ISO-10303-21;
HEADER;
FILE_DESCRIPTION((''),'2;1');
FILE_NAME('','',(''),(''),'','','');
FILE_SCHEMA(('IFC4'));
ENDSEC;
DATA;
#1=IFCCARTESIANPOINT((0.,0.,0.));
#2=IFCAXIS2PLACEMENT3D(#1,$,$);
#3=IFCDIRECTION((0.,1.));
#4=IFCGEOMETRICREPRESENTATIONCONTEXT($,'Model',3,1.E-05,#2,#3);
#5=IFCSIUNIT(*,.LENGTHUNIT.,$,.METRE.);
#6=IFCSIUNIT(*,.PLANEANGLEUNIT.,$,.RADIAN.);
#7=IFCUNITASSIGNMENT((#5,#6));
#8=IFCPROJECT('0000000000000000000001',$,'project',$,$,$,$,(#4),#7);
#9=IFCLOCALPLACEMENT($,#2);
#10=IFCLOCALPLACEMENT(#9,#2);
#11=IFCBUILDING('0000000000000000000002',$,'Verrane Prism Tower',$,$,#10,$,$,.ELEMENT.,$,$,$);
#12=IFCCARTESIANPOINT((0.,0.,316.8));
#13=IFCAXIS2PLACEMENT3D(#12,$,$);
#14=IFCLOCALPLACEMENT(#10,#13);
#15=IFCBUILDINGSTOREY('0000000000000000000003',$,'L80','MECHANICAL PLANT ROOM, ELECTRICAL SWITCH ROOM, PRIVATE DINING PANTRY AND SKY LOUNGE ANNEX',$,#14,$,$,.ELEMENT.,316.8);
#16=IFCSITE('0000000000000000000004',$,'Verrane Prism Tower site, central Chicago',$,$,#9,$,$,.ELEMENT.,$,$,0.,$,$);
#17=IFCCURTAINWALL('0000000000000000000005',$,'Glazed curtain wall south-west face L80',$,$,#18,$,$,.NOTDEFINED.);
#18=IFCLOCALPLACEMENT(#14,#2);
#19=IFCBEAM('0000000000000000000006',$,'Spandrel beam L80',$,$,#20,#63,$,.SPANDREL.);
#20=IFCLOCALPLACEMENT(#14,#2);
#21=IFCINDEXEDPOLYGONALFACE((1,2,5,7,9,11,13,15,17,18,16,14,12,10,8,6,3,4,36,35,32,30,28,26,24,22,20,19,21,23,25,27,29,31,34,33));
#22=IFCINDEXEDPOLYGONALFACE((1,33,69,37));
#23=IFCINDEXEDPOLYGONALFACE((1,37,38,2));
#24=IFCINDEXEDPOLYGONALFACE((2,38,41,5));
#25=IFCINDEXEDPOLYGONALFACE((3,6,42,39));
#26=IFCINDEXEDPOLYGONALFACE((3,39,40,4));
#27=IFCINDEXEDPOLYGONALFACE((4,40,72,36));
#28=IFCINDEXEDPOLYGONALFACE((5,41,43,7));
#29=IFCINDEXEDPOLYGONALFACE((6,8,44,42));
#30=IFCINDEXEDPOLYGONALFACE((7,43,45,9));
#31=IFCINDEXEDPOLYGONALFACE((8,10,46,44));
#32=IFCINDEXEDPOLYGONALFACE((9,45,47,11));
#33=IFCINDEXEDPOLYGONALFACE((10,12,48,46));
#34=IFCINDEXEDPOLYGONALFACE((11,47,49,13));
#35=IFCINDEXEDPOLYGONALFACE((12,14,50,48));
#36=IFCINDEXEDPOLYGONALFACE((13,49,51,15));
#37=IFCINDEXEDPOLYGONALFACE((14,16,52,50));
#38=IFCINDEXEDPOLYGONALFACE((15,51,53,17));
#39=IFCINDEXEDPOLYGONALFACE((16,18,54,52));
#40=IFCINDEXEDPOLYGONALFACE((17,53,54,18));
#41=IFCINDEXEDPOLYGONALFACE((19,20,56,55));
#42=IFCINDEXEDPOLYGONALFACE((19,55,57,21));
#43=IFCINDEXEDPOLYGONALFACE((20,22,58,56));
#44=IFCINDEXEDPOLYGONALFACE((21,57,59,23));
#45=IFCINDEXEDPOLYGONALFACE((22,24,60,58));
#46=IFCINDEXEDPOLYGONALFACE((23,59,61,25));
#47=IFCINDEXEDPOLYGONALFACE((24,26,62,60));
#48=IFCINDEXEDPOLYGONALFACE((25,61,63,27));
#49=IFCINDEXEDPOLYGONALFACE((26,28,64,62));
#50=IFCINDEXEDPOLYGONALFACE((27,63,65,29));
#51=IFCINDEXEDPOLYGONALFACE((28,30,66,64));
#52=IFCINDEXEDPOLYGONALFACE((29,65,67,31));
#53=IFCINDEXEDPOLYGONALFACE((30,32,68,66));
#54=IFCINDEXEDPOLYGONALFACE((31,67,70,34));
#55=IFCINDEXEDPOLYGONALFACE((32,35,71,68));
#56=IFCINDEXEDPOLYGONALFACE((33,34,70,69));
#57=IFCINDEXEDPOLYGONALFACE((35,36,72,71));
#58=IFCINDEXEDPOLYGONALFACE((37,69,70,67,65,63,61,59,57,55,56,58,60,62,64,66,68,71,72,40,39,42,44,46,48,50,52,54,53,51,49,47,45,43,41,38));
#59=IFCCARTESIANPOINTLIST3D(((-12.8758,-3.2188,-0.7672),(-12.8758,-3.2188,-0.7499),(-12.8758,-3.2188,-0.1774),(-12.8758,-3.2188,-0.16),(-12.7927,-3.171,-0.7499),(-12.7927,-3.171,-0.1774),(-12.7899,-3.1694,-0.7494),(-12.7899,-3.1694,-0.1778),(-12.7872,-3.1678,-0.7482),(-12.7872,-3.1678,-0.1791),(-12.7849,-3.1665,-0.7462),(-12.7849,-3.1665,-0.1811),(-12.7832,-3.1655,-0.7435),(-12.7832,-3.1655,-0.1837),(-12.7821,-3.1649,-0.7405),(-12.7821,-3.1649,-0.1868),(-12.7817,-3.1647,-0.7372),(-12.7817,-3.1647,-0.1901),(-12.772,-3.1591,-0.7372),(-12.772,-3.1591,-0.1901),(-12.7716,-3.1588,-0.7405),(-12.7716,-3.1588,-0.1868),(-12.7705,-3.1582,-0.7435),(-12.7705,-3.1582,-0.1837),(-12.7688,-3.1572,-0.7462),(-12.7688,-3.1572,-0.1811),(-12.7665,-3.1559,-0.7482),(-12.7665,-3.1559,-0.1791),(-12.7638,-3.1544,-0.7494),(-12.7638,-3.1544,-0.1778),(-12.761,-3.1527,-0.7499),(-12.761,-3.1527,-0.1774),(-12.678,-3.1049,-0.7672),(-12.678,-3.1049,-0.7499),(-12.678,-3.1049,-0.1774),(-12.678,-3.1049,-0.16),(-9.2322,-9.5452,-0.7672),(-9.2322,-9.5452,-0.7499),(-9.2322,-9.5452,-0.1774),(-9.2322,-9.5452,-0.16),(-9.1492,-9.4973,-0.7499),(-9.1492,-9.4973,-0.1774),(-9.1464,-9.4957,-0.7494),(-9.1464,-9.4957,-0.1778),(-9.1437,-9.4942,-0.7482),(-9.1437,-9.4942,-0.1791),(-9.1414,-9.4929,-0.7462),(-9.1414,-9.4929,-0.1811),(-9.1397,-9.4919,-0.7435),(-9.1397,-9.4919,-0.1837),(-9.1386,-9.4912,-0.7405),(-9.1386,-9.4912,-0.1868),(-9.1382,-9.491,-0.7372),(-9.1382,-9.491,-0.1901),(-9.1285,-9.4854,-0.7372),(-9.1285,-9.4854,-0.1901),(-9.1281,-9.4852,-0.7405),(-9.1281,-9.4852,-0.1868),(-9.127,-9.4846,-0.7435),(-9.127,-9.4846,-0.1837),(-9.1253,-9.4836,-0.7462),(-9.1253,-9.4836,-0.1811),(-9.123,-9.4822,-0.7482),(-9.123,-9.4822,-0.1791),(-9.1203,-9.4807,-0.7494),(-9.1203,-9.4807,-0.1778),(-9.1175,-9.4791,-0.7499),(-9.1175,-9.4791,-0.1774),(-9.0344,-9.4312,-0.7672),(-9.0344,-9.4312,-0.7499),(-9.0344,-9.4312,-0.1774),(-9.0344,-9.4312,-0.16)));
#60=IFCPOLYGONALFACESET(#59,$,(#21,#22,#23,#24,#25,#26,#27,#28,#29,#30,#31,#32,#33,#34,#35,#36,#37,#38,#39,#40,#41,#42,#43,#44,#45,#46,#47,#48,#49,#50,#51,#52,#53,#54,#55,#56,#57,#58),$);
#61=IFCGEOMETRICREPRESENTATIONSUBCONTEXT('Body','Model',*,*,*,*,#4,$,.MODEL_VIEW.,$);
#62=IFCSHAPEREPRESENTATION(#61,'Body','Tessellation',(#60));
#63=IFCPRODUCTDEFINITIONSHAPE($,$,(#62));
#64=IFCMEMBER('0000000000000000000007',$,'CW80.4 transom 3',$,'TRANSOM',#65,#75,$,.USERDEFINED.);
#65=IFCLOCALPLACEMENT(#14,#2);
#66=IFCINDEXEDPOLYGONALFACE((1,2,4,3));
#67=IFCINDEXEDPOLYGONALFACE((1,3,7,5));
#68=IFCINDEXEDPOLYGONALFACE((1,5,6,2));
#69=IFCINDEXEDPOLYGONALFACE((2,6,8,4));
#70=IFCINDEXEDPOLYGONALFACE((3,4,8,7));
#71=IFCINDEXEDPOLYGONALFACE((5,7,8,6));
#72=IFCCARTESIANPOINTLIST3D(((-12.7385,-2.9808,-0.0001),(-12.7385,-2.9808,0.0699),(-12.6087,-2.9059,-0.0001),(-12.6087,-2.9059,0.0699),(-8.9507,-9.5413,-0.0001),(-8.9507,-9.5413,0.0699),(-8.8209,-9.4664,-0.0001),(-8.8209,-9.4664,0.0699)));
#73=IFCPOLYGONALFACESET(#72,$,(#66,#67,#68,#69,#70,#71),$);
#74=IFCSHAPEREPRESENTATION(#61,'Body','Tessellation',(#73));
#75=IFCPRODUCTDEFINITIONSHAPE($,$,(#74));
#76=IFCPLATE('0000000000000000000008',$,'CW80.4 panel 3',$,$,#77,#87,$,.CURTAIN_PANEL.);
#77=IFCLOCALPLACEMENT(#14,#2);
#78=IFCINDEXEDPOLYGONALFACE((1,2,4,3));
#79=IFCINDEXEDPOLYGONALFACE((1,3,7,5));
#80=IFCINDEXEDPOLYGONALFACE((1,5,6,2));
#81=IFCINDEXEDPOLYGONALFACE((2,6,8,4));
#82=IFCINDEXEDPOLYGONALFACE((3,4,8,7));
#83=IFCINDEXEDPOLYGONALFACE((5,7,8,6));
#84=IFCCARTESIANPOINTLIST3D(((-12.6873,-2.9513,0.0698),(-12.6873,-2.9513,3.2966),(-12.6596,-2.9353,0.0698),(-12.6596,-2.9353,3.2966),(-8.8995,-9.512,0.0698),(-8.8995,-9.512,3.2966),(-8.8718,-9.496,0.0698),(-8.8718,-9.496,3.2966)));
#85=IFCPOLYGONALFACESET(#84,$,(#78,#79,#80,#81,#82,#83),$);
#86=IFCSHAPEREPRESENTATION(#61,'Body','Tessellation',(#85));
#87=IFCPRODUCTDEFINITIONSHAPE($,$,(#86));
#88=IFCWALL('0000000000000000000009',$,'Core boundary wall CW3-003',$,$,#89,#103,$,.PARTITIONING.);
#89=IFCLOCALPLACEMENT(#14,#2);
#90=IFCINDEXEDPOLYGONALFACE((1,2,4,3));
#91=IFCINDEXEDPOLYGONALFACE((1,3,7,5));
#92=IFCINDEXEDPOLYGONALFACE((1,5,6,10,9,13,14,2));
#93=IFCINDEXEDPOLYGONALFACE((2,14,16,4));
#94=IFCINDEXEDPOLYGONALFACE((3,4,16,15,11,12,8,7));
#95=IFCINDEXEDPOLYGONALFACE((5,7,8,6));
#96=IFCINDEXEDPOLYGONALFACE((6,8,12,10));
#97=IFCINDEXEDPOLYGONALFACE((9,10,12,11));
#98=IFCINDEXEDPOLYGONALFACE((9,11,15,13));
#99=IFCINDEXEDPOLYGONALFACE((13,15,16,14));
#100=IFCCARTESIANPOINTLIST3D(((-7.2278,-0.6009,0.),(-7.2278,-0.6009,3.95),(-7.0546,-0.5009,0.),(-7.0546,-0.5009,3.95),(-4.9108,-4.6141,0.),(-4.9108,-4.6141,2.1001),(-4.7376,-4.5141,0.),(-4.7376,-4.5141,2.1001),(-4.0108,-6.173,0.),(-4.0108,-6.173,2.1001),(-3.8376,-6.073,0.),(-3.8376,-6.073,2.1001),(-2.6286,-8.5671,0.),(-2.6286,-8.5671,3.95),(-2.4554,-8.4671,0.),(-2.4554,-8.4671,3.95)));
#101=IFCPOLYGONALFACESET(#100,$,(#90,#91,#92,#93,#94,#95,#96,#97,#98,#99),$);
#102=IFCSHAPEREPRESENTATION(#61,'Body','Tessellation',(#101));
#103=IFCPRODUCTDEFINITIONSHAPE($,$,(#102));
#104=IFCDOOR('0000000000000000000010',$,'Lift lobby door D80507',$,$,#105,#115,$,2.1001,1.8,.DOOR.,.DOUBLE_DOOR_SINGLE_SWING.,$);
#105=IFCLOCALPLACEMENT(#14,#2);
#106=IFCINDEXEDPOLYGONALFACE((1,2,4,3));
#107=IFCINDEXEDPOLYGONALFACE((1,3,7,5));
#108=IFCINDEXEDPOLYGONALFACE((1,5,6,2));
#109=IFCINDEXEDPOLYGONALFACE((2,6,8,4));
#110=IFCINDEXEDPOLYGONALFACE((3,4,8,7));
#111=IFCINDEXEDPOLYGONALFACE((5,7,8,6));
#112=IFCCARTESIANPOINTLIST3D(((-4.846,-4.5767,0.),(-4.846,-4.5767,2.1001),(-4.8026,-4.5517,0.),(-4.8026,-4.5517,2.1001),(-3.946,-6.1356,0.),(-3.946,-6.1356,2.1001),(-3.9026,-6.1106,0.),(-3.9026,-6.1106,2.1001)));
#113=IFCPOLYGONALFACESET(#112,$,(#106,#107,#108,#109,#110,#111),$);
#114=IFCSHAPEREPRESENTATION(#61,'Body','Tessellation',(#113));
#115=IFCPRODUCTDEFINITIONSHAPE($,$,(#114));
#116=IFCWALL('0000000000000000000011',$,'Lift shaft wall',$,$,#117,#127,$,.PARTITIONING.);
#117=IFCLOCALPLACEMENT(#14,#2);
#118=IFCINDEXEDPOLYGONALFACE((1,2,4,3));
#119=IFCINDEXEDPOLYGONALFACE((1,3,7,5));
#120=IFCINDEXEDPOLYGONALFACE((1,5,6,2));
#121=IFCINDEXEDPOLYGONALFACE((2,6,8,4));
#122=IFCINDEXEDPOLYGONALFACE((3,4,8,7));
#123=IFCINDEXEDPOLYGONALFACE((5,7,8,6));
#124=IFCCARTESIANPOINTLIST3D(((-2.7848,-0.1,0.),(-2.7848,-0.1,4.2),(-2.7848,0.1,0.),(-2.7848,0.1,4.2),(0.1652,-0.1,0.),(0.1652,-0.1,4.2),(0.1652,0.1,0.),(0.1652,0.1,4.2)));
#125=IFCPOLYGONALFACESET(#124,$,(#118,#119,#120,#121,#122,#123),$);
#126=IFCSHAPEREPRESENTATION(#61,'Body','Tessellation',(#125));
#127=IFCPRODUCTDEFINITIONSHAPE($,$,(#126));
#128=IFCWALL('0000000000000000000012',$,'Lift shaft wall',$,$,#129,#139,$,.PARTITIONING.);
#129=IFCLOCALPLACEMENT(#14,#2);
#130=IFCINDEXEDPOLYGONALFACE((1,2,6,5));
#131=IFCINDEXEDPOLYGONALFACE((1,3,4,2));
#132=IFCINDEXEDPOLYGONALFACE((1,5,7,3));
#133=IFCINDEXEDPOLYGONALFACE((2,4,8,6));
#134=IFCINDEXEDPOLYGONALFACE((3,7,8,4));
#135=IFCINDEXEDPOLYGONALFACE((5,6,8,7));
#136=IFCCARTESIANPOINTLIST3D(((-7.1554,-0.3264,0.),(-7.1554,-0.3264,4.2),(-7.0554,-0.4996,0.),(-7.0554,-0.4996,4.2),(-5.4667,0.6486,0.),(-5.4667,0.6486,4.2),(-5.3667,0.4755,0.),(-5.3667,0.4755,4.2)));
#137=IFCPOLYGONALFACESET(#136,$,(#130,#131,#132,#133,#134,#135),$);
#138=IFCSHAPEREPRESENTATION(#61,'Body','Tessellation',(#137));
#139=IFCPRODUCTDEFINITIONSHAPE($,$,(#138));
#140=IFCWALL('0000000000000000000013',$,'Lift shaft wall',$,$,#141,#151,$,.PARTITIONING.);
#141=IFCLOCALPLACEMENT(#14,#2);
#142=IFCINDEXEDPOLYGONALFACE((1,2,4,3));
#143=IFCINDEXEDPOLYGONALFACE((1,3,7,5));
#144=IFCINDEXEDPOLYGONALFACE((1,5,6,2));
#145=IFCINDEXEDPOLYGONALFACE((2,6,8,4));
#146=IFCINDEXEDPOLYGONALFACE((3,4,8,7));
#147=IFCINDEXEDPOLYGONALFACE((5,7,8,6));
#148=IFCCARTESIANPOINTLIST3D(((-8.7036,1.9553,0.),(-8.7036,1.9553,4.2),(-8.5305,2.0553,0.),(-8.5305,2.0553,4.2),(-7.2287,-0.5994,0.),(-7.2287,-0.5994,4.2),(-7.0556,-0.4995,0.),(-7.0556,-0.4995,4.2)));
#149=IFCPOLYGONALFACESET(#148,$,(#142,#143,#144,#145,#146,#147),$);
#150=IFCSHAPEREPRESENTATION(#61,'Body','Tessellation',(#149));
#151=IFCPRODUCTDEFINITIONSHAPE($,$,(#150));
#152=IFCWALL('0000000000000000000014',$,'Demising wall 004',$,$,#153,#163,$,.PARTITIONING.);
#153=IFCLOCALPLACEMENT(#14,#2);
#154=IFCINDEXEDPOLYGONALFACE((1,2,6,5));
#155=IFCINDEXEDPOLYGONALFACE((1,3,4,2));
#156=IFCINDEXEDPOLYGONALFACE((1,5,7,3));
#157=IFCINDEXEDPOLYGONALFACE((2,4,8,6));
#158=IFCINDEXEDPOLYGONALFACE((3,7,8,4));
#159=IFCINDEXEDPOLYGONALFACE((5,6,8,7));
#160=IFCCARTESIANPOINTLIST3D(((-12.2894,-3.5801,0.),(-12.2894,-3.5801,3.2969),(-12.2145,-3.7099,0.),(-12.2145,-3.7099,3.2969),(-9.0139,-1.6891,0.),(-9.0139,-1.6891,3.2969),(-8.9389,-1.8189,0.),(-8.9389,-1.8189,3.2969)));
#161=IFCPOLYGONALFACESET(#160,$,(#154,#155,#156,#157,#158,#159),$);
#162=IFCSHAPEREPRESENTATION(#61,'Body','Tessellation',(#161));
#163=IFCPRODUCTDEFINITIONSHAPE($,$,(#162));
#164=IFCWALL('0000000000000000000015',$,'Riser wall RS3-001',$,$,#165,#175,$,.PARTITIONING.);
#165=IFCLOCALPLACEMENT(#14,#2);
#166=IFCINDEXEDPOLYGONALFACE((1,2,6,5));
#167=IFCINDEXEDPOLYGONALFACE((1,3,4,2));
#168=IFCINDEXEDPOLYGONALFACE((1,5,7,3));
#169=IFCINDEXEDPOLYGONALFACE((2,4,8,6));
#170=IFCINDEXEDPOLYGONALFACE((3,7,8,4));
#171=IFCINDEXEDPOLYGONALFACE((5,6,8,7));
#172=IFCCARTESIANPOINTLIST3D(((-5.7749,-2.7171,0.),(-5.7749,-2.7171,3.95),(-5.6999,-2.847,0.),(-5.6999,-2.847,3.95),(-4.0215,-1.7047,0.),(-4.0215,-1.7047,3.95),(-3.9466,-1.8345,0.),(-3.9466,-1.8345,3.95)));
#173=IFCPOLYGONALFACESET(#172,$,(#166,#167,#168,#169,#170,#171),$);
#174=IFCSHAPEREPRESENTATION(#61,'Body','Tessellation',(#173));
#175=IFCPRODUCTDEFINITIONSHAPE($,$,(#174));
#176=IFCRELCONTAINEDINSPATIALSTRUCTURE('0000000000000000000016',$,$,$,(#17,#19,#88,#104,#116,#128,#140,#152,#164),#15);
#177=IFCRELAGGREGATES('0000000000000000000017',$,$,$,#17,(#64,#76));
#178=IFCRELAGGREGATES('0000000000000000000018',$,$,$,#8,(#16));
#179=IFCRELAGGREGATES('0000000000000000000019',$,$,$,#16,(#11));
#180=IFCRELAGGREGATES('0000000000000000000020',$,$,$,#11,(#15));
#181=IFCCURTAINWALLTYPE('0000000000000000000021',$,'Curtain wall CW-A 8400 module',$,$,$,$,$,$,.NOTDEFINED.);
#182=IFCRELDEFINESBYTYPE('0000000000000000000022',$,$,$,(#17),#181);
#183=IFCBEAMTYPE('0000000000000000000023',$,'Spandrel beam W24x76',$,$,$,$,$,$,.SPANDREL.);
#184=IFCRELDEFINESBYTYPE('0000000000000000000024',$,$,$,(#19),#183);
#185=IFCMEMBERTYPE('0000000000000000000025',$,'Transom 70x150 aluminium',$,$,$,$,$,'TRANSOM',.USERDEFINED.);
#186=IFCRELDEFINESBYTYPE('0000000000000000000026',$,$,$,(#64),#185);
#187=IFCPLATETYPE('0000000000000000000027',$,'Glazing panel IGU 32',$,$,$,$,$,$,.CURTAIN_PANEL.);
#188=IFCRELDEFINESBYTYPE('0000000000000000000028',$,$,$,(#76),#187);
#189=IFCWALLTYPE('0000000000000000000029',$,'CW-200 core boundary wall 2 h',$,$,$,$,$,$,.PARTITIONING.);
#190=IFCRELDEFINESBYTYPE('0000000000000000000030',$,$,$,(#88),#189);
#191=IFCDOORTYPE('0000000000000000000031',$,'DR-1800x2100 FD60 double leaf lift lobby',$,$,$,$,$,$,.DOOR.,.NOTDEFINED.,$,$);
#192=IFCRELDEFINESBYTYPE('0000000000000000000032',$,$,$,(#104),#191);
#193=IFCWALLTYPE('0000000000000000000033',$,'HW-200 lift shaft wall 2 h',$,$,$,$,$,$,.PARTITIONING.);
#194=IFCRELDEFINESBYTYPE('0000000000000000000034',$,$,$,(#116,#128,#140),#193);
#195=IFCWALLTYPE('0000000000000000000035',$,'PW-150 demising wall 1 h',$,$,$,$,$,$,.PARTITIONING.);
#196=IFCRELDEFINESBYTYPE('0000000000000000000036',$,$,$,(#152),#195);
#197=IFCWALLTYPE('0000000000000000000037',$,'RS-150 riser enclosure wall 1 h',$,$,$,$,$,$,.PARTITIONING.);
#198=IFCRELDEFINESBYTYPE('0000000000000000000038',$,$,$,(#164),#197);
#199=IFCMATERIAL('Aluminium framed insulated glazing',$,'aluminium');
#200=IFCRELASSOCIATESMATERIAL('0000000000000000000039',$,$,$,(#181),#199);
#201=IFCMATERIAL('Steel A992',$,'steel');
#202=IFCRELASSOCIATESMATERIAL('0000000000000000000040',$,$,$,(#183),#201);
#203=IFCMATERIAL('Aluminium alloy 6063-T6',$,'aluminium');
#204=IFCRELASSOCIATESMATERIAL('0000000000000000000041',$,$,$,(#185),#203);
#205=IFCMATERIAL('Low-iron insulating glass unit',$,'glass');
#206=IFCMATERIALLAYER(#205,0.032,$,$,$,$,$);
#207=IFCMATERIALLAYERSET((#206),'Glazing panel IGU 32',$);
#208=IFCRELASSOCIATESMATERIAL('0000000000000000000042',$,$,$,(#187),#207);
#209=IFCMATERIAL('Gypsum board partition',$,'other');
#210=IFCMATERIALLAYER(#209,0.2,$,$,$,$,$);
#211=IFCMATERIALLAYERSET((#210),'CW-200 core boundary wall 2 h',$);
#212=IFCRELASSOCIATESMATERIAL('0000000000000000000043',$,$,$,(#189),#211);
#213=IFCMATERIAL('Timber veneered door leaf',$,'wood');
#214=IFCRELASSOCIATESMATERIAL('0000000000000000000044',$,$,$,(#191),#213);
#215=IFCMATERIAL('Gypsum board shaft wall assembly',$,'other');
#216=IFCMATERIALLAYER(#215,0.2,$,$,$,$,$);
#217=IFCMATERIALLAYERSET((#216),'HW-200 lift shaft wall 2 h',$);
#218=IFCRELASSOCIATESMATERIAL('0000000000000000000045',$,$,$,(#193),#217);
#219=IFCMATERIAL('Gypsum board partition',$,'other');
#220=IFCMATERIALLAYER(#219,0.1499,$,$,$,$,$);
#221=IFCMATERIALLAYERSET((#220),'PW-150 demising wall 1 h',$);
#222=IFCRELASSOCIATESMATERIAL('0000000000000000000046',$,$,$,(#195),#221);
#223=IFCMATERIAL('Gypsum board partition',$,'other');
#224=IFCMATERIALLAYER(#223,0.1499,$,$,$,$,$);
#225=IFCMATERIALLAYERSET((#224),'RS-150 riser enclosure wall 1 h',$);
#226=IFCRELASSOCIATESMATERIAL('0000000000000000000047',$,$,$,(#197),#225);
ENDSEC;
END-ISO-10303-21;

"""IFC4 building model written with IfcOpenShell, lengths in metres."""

from ifc_helpers import new_model, si_unit, direction, frame, frame_2d, origin, origin_2d, place, context, subcontext, project, spatial, rectangle, i_section, extrude, material, layer, layer_set, material_profile, profile_set, type_object, element, fill, aggregate, save


model = new_model("IFC4")

# Units and contexts
model_context = context("Model", 3, precision=1e-05, world=origin(), true_north=direction((0.0, 1.0)))
body_context = subcontext(model_context, "Body", "Model", "MODEL_VIEW")
ifc_project = project(units=[si_unit("LENGTHUNIT", "METRE"), si_unit("PLANEANGLEUNIT", "RADIAN")], contexts=[model_context])

# Site, building, storey
site_placement = place(None, origin())
site = spatial("IfcSite", under=ifc_project, at=site_placement, Name="Verrane Prism Tower site, central Chicago", CompositionType="ELEMENT", RefElevation=0.0)
building_placement = place(site_placement, origin())
building = spatial("IfcBuilding", under=site, at=building_placement, Name="Verrane Prism Tower", CompositionType="ELEMENT")
storey_placement = place(building_placement, frame((0.0, 0.0, 316.8)))
storey = spatial("IfcBuildingStorey", under=building, at=storey_placement, Name="L80", Description="MECHANICAL PLANT ROOM, ELECTRICAL SWITCH ROOM, PRIVATE DINING PANTRY AND SKY LOUNGE ANNEX", CompositionType="ELEMENT", Elevation=316.8)

# Curtain wall
ifc_material_1 = material(Name="Aluminium framed insulated glazing", Category="aluminium")
curtain_wall_type = type_object("IfcCurtainWallType", Name="Curtain wall CW-A 8400 module", PredefinedType="NOTDEFINED", material=ifc_material_1)
curtain_wall_placement = place(storey_placement, origin())
curtain_wall = element("IfcCurtainWall", 1, at=curtain_wall_placement, inside=storey, type_object=curtain_wall_type, Name="Glazed curtain wall south-west face L80", PredefinedType="NOTDEFINED")

# Beam
ifc_material_2 = material(Name="Steel A992", Category="steel")
ifc_material_profile_1 = material_profile(ifc_material_2, i_section(OverallWidth=0.2283, OverallDepth=0.6072, WebThickness=0.0112, FlangeThickness=0.0173, FilletRadius=0.0127, at=origin_2d()), Name="W24x76")
ifc_profile_set_1 = profile_set([ifc_material_profile_1], Name="Steel A992")
beam_type_1 = type_object("IfcBeamType", Name="Spandrel beam W24x76", PredefinedType="SPANDREL", material=ifc_profile_set_1)
beam_1_placement = place(storey_placement, frame((-12.7769, -3.1619, -0.4636), z_axis=(0.499075, -0.866559, 0.0), x_axis=(0.866559, 0.499075, 0.0)))
element("IfcBeam", 2, at=beam_1_placement, inside=storey, type_object=beam_type_1, Name="Spandrel beam L80", PredefinedType="SPANDREL", context=body_context, shape_type="SweptSolid", body=[
    extrude(i_section(OverallWidth=0.2283, OverallDepth=0.6072, WebThickness=0.0112, FlangeThickness=0.0173, FilletRadius=0.0127, at=origin_2d()), origin(), (0.0, 0.0, 1.0), 7.3005),
])

# Member
ifc_material_3 = material(Name="Aluminium alloy 6063-T6", Category="aluminium")
ifc_material_profile_2 = material_profile(ifc_material_3, rectangle(XDim=0.1499, YDim=0.0701, at=origin_2d()), Name="Transom 70x150 aluminium")
ifc_profile_set_2 = profile_set([ifc_material_profile_2], Name="Aluminium alloy 6063-T6")
member_type_1 = type_object("IfcMemberType", Name="Transom 70x150 aluminium", ElementType="TRANSOM", PredefinedType="USERDEFINED", material=ifc_profile_set_2)
member_1_placement = place(storey_placement, frame((-12.6736, -2.9434, 0.0349), z_axis=(0.500011, -0.866019, 0.0), x_axis=(0.866019, 0.500011, 0.0)))
member_1 = element("IfcMember", 3, at=member_1_placement, type_object=member_type_1, Name="CW80.4 transom 3", ObjectType="TRANSOM", PredefinedType="USERDEFINED", context=body_context, shape_type="SweptSolid", body=[
    extrude(rectangle(XDim=0.1499, YDim=0.0701, at=origin_2d()), origin(), (0.0, 0.0, 1.0), 7.5754),
])

# Plate
ifc_material_4 = material(Name="Low-iron insulating glass unit", Category="glass")
ifc_layer_1 = layer(ifc_material_4, 0.032)
ifc_layer_set_1 = layer_set([ifc_layer_1], Name="Glazing panel IGU 32")
plate_type = type_object("IfcPlateType", Name="Glazing panel IGU 32", PredefinedType="CURTAIN_PANEL", material=ifc_layer_set_1)
plate_placement = place(storey_placement, frame((-10.7795, -6.2236, 0.0698), z_axis=(0.0, 0.0, 1.0), x_axis=(0.5, -0.866025, 0.0)))
plate = element("IfcPlate", 4, at=plate_placement, type_object=plate_type, Name="CW80.4 panel 3", PredefinedType="CURTAIN_PANEL", context=body_context, shape_type="SweptSolid", body=[
    extrude(rectangle(XDim=7.5757, YDim=0.032, at=origin_2d()), origin(), (0.0, 0.0, 1.0), 3.2268),
])
aggregate(curtain_wall, [member_1, plate])

# Wall, opening, door
ifc_material_5 = material(Name="Gypsum board partition", Category="other")
ifc_layer_2 = layer(ifc_material_5, 0.2)
ifc_layer_set_2 = layer_set([ifc_layer_2], Name="CW-200 core boundary wall 2 h")
wall_type_1 = type_object("IfcWallType", Name="CW-200 core boundary wall 2 h", PredefinedType="PARTITIONING", material=ifc_layer_set_2)
wall_1_placement = place(storey_placement, frame((-7.1411, -0.551, 0.0), z_axis=(0.0, 0.0, 1.0), x_axis=(0.499993, -0.86603, 0.0)))
wall_1 = element("IfcWall", 5, at=wall_1_placement, inside=storey, type_object=wall_type_1, Name="Core boundary wall CW3-003", PredefinedType="PARTITIONING", context=body_context, shape_type="SweptSolid", body=[
    extrude(rectangle(XDim=9.1985, YDim=0.2, at=frame_2d((4.5991, 0.0))), origin(), (0.0, 0.0, 1.0), 3.95),
])
opening_1_placement = place(wall_1_placement, frame((4.634, 0.0, 0.0)))
opening_1 = element("IfcOpeningElement", 6, at=opening_1_placement, cuts=wall_1, PredefinedType="OPENING", context=body_context, shape_type="SweptSolid", body=[
    extrude(rectangle(XDim=1.8, YDim=2.1001, at=frame_2d((0.8999, 1.05))), frame((0.0, 0.1099, 0.0), z_axis=(0.0, -1.0, 0.0), x_axis=(1.0, 0.0, 0.0)), (0.0, 0.0, 1.0), 0.22),
])
ifc_material_6 = material(Name="Timber veneered door leaf", Category="wood")
door_type_1 = type_object("IfcDoorType", Name="DR-1800x2100 FD60 double leaf lift lobby", OperationType="NOTDEFINED", PredefinedType="DOOR", material=ifc_material_6)
door_1_placement = place(opening_1_placement, origin())
door_1 = element("IfcDoor", 7, at=door_1_placement, inside=storey, type_object=door_type_1, Name="Lift lobby door D80507", OperationType="DOUBLE_DOOR_SINGLE_SWING", OverallHeight=2.1001, OverallWidth=1.8, PredefinedType="DOOR", context=body_context, shape_type="SweptSolid", body=[
    extrude(rectangle(XDim=1.8, YDim=2.1001, at=frame_2d((0.8999, 1.05))), frame((0.0, 0.0249, 0.0), z_axis=(0.0, -1.0, 0.0), x_axis=(1.0, 0.0, 0.0)), (0.0, 0.0, 1.0), 0.05),
])
fill(opening_1, door_1)

# Walls
ifc_material_7 = material(Name="Gypsum board shaft wall assembly", Category="other")
ifc_layer_3 = layer(ifc_material_7, 0.2)
ifc_layer_set_3 = layer_set([ifc_layer_3], Name="HW-200 lift shaft wall 2 h")
wall_type_2 = type_object("IfcWallType", Name="HW-200 lift shaft wall 2 h", PredefinedType="PARTITIONING", material=ifc_layer_set_3)
wall_2_placement = place(storey_placement, frame((-2.7849, 0.0, 0.0), z_axis=(0.0, 0.0, 1.0), x_axis=(1.0, 0.0, 0.0)))
element("IfcWall", 8, at=wall_2_placement, inside=storey, type_object=wall_type_2, Name="Lift shaft wall", PredefinedType="PARTITIONING", context=body_context, shape_type="SweptSolid", body=[
    extrude(rectangle(XDim=2.95, YDim=0.2, at=frame_2d((1.4751, 0.0))), origin(), (0.0, 0.0, 1.0), 4.2),
])
wall_3_placement = place(storey_placement, frame((-7.1055, -0.4131, 0.0), z_axis=(0.0, 0.0, 1.0), x_axis=(0.866, 0.500044, 0.0)))
element("IfcWall", 9, at=wall_3_placement, inside=storey, type_object=wall_type_2, Name="Lift shaft wall", PredefinedType="PARTITIONING", context=body_context, shape_type="SweptSolid", body=[
    extrude(rectangle(XDim=1.95, YDim=0.2, at=frame_2d((0.9751, 0.0))), origin(), (0.0, 0.0, 1.0), 4.2),
])
wall_4_placement = place(storey_placement, frame((-7.1421, -0.5496, 0.0), z_axis=(0.0, 0.0, 1.0), x_axis=(-0.499976, 0.866039, 0.0)))
element("IfcWall", 10, at=wall_4_placement, inside=storey, type_object=wall_type_2, Name="Lift shaft wall", PredefinedType="PARTITIONING", context=body_context, shape_type="SweptSolid", body=[
    extrude(rectangle(XDim=2.95, YDim=0.2, at=frame_2d((1.4751, 0.0))), origin(), (0.0, 0.0, 1.0), 4.2),
])
ifc_material_8 = material(Name="Gypsum board partition", Category="other")
ifc_layer_4 = layer(ifc_material_8, 0.1499)
ifc_layer_set_4 = layer_set([ifc_layer_4], Name="PW-150 demising wall 1 h")
wall_type_3 = type_object("IfcWallType", Name="PW-150 demising wall 1 h", PredefinedType="PARTITIONING", material=ifc_layer_set_4)
wall_5_placement = place(storey_placement, frame((-12.252, -3.645, 0.0), z_axis=(0.0, 0.0, 1.0), x_axis=(0.866034, 0.499985, 0.0)))
element("IfcWall", 11, at=wall_5_placement, inside=storey, type_object=wall_type_3, Name="Demising wall 004", PredefinedType="PARTITIONING", context=body_context, shape_type="SweptSolid", body=[
    extrude(rectangle(XDim=3.7822, YDim=0.1499, at=frame_2d((1.8911, 0.0))), origin(), (0.0, 0.0, 1.0), 3.2969),
])
ifc_material_9 = material(Name="Gypsum board partition", Category="other")
ifc_layer_5 = layer(ifc_material_9, 0.1499)
ifc_layer_set_5 = layer_set([ifc_layer_5], Name="RS-150 riser enclosure wall 1 h")
wall_type_4 = type_object("IfcWallType", Name="RS-150 riser enclosure wall 1 h", PredefinedType="PARTITIONING", material=ifc_layer_set_5)
wall_6_placement = place(storey_placement, frame((-5.7373, -2.782, 0.0), z_axis=(0.0, 0.0, 1.0), x_axis=(0.866001, 0.500043, 0.0)))
element("IfcWall", 12, at=wall_6_placement, inside=storey, type_object=wall_type_4, Name="Riser wall RS3-001", PredefinedType="PARTITIONING", context=body_context, shape_type="SweptSolid", body=[
    extrude(rectangle(XDim=2.0247, YDim=0.1499, at=frame_2d((1.0122, 0.0))), origin(), (0.0, 0.0, 1.0), 3.95),
])

save(model, "model.ifc")
